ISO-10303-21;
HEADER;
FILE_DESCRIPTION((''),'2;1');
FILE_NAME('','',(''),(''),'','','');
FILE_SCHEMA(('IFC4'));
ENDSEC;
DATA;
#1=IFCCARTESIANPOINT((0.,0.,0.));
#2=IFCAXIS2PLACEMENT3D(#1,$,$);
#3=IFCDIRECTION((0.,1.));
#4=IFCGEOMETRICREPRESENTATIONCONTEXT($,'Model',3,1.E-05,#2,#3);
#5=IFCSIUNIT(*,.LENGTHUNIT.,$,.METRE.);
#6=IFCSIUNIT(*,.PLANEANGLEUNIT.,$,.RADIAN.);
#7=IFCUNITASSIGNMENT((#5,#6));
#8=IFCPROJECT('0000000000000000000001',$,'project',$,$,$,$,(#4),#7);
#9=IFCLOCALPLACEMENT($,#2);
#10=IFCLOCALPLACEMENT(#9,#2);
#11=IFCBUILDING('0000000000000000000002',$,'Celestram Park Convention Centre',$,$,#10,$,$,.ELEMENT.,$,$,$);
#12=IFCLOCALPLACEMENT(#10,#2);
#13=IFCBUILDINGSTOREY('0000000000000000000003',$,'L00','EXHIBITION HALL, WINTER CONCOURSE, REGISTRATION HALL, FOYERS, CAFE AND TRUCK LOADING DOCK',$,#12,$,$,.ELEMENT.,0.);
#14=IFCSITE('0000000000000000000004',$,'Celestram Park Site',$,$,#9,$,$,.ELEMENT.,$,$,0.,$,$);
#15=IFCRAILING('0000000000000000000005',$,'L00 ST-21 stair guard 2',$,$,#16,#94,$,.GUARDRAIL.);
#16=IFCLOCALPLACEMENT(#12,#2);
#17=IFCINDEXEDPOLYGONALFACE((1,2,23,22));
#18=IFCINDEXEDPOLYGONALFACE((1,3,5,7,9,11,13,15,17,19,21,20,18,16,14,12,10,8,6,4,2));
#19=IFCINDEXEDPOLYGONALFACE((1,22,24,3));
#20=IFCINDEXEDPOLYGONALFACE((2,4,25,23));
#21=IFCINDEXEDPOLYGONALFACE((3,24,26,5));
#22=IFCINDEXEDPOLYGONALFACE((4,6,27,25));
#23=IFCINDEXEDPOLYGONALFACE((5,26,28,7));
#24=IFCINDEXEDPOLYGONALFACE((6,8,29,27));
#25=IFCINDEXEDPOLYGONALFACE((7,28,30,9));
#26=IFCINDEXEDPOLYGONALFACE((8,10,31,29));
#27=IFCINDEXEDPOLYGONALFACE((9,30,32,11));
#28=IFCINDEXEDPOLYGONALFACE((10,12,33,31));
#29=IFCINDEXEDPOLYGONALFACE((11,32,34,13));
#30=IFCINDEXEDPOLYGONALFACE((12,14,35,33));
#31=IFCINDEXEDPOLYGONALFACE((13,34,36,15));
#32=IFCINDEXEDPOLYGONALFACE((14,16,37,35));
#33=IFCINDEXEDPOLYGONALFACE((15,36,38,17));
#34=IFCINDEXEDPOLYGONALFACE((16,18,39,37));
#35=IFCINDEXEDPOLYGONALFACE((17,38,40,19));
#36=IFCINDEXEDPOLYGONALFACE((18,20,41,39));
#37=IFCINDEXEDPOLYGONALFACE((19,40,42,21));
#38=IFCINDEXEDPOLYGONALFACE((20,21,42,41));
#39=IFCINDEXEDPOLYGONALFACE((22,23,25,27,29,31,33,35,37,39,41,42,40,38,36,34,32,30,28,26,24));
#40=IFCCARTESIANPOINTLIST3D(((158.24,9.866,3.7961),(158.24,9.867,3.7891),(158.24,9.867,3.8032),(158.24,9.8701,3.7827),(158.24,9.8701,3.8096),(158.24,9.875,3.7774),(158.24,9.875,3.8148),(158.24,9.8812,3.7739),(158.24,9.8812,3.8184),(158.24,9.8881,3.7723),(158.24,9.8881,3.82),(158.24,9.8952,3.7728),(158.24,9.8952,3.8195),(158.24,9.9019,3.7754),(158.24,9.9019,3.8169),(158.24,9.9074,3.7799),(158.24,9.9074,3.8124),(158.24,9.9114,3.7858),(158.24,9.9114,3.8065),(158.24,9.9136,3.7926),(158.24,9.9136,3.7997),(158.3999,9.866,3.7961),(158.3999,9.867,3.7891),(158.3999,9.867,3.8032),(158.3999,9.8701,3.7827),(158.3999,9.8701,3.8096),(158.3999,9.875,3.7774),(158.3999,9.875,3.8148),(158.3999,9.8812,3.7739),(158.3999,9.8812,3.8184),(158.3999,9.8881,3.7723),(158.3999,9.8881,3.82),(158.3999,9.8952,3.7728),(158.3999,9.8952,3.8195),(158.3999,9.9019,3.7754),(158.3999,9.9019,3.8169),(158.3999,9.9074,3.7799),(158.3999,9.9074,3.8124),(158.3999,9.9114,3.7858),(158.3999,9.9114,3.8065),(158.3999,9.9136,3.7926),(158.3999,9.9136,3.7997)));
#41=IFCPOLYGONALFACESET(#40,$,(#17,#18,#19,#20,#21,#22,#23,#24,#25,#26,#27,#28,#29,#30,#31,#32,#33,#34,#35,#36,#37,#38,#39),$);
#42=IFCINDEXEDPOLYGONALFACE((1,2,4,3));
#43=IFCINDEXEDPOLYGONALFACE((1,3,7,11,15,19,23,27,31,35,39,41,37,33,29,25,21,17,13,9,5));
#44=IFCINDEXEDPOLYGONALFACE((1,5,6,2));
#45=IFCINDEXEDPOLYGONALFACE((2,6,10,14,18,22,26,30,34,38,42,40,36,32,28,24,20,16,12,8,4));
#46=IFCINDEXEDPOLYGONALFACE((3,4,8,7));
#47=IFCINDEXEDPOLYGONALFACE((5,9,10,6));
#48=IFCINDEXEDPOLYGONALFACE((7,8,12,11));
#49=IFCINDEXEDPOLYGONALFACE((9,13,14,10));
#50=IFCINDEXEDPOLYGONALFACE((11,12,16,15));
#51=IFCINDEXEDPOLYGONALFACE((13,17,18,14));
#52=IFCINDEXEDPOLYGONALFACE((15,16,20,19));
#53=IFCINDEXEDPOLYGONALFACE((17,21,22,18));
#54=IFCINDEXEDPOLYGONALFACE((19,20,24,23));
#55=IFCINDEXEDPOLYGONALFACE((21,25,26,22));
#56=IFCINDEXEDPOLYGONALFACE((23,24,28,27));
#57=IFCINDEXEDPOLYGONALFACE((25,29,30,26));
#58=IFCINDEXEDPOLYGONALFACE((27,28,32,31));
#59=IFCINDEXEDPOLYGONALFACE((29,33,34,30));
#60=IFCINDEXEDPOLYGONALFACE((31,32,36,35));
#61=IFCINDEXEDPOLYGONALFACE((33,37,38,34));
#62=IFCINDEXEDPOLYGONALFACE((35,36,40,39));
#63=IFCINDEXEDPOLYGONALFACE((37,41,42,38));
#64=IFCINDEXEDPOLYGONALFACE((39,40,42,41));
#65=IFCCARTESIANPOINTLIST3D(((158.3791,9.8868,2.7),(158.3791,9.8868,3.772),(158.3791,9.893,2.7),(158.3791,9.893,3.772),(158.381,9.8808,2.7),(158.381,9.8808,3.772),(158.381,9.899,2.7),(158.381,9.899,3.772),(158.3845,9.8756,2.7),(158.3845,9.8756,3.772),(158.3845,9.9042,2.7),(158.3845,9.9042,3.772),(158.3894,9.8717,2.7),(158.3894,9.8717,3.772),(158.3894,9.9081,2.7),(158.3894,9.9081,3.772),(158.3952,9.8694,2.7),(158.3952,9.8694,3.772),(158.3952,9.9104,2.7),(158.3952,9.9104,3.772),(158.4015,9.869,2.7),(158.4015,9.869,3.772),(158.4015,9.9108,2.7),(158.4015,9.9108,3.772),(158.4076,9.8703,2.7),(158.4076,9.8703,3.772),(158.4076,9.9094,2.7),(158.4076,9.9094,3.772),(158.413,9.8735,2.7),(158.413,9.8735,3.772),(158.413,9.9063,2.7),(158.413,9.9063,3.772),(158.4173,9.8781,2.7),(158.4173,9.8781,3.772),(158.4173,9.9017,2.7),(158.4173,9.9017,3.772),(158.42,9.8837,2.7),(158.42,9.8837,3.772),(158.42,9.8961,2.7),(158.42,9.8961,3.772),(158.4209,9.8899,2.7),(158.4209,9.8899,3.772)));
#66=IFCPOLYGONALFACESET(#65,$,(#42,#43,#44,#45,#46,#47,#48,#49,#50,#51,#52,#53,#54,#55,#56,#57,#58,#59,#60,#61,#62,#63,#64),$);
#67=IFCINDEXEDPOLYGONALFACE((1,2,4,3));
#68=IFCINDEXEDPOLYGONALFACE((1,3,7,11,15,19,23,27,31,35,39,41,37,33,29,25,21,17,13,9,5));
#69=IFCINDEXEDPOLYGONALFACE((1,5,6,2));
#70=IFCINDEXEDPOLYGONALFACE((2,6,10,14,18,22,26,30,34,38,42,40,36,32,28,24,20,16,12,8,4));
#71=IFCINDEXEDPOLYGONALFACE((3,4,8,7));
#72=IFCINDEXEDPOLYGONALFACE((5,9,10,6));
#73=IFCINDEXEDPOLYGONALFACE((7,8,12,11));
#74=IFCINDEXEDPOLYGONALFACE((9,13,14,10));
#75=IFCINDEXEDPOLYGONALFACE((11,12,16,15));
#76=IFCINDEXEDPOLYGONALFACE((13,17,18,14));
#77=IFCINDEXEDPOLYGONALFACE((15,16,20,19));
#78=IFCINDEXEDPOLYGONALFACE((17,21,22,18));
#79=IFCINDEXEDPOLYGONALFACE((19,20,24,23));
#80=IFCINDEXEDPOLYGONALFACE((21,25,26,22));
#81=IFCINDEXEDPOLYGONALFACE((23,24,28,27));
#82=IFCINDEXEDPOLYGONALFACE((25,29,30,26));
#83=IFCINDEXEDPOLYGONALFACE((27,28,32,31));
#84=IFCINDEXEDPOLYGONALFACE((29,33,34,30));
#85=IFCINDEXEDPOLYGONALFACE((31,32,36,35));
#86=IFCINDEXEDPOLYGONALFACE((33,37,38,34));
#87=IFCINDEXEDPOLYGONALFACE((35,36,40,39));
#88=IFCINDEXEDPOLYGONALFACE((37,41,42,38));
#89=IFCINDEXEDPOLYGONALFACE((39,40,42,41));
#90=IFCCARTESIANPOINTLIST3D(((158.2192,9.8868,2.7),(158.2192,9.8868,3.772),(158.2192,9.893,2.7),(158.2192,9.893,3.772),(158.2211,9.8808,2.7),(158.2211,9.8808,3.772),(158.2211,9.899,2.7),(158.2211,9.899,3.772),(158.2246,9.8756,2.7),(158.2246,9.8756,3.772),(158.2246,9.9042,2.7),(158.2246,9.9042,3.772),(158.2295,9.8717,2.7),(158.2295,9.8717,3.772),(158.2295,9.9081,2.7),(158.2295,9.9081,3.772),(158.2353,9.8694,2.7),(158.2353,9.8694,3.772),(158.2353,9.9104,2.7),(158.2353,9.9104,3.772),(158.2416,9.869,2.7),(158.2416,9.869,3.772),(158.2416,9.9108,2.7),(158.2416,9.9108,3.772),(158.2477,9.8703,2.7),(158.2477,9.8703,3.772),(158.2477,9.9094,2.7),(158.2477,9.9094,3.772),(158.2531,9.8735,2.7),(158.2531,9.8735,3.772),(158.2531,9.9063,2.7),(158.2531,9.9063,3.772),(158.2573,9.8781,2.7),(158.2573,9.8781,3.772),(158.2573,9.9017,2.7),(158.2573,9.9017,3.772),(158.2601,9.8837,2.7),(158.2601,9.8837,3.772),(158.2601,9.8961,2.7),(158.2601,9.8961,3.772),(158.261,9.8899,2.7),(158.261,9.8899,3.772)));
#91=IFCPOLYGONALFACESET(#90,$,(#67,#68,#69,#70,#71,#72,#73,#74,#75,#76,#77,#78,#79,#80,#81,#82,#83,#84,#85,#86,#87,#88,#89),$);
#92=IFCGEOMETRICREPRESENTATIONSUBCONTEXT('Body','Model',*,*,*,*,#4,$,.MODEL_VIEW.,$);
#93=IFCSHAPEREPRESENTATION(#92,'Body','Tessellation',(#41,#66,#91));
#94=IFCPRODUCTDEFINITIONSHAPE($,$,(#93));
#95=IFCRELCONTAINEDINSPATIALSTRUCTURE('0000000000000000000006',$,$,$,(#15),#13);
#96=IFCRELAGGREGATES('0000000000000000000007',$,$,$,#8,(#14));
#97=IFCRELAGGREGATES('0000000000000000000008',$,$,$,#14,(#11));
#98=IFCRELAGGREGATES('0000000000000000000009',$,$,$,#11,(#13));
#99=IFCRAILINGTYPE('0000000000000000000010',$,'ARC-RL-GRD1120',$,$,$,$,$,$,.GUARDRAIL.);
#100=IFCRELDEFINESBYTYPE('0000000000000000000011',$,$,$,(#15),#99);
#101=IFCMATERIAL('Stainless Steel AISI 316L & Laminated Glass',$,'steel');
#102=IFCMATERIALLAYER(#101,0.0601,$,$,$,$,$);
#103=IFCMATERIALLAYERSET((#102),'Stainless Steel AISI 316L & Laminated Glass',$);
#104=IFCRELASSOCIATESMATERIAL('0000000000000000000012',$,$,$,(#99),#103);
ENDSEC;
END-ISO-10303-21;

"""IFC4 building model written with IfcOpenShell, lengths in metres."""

from ifc_helpers import new_model, si_unit, direction, frame, origin, origin_2d, place, context, subcontext, project, spatial, circle, extrude, material, layer, layer_set, type_object, element, save


model = new_model("IFC4")

# Units and contexts
model_context = context("Model", 3, precision=1e-05, world=origin(), true_north=direction((0.0, 1.0)))
body_context = subcontext(model_context, "Body", "Model", "MODEL_VIEW")
ifc_project = project(units=[si_unit("LENGTHUNIT", "METRE"), si_unit("PLANEANGLEUNIT", "RADIAN")], contexts=[model_context])

# Site, building, storey
site_placement = place(None, origin())
site = spatial("IfcSite", under=ifc_project, at=site_placement, Name="Celestram Park Site", CompositionType="ELEMENT", RefElevation=0.0)
building_placement = place(site_placement, origin())
building = spatial("IfcBuilding", under=site, at=building_placement, Name="Celestram Park Convention Centre", CompositionType="ELEMENT")
storey_placement = place(building_placement, origin())
storey = spatial("IfcBuildingStorey", under=building, at=storey_placement, Name="L00", Description="EXHIBITION HALL, WINTER CONCOURSE, REGISTRATION HALL, FOYERS, CAFE AND TRUCK LOADING DOCK", CompositionType="ELEMENT", Elevation=0.0)

# Railing
ifc_material_1 = material(Name="Stainless Steel AISI 316L & Laminated Glass", Category="steel")
ifc_layer_1 = layer(ifc_material_1, 0.0601)
ifc_layer_set_1 = layer_set([ifc_layer_1], Name="Stainless Steel AISI 316L & Laminated Glass")
railing_type_1 = type_object("IfcRailingType", Name="ARC-RL-GRD1120", PredefinedType="GUARDRAIL", material=ifc_layer_set_1)
railing_1_placement = place(storey_placement, frame((158.3999, 9.8899, 2.7)))
element("IfcRailing", 1, at=railing_1_placement, inside=storey, type_object=railing_type_1, Name="L00 ST-21 stair guard 2", PredefinedType="GUARDRAIL", context=body_context, shape_type="SweptSolid", body=[
    extrude(circle(Radius=0.0239, at=origin_2d()), frame((0.0, 0.0, 1.0962), z_axis=(-1.0, 0.0, 0.0), x_axis=(0.0, -1.0, 0.0)), (0.0, 0.0, 1.0), 0.1599),
    extrude(circle(Radius=0.021, at=origin_2d()), origin(), (0.0, 0.0, 1.0), 1.072),
    extrude(circle(Radius=0.021, at=origin_2d()), frame((-0.1599, 0.0, 0.0)), (0.0, 0.0, 1.0), 1.072),
])

save(model, "model.ifc")
